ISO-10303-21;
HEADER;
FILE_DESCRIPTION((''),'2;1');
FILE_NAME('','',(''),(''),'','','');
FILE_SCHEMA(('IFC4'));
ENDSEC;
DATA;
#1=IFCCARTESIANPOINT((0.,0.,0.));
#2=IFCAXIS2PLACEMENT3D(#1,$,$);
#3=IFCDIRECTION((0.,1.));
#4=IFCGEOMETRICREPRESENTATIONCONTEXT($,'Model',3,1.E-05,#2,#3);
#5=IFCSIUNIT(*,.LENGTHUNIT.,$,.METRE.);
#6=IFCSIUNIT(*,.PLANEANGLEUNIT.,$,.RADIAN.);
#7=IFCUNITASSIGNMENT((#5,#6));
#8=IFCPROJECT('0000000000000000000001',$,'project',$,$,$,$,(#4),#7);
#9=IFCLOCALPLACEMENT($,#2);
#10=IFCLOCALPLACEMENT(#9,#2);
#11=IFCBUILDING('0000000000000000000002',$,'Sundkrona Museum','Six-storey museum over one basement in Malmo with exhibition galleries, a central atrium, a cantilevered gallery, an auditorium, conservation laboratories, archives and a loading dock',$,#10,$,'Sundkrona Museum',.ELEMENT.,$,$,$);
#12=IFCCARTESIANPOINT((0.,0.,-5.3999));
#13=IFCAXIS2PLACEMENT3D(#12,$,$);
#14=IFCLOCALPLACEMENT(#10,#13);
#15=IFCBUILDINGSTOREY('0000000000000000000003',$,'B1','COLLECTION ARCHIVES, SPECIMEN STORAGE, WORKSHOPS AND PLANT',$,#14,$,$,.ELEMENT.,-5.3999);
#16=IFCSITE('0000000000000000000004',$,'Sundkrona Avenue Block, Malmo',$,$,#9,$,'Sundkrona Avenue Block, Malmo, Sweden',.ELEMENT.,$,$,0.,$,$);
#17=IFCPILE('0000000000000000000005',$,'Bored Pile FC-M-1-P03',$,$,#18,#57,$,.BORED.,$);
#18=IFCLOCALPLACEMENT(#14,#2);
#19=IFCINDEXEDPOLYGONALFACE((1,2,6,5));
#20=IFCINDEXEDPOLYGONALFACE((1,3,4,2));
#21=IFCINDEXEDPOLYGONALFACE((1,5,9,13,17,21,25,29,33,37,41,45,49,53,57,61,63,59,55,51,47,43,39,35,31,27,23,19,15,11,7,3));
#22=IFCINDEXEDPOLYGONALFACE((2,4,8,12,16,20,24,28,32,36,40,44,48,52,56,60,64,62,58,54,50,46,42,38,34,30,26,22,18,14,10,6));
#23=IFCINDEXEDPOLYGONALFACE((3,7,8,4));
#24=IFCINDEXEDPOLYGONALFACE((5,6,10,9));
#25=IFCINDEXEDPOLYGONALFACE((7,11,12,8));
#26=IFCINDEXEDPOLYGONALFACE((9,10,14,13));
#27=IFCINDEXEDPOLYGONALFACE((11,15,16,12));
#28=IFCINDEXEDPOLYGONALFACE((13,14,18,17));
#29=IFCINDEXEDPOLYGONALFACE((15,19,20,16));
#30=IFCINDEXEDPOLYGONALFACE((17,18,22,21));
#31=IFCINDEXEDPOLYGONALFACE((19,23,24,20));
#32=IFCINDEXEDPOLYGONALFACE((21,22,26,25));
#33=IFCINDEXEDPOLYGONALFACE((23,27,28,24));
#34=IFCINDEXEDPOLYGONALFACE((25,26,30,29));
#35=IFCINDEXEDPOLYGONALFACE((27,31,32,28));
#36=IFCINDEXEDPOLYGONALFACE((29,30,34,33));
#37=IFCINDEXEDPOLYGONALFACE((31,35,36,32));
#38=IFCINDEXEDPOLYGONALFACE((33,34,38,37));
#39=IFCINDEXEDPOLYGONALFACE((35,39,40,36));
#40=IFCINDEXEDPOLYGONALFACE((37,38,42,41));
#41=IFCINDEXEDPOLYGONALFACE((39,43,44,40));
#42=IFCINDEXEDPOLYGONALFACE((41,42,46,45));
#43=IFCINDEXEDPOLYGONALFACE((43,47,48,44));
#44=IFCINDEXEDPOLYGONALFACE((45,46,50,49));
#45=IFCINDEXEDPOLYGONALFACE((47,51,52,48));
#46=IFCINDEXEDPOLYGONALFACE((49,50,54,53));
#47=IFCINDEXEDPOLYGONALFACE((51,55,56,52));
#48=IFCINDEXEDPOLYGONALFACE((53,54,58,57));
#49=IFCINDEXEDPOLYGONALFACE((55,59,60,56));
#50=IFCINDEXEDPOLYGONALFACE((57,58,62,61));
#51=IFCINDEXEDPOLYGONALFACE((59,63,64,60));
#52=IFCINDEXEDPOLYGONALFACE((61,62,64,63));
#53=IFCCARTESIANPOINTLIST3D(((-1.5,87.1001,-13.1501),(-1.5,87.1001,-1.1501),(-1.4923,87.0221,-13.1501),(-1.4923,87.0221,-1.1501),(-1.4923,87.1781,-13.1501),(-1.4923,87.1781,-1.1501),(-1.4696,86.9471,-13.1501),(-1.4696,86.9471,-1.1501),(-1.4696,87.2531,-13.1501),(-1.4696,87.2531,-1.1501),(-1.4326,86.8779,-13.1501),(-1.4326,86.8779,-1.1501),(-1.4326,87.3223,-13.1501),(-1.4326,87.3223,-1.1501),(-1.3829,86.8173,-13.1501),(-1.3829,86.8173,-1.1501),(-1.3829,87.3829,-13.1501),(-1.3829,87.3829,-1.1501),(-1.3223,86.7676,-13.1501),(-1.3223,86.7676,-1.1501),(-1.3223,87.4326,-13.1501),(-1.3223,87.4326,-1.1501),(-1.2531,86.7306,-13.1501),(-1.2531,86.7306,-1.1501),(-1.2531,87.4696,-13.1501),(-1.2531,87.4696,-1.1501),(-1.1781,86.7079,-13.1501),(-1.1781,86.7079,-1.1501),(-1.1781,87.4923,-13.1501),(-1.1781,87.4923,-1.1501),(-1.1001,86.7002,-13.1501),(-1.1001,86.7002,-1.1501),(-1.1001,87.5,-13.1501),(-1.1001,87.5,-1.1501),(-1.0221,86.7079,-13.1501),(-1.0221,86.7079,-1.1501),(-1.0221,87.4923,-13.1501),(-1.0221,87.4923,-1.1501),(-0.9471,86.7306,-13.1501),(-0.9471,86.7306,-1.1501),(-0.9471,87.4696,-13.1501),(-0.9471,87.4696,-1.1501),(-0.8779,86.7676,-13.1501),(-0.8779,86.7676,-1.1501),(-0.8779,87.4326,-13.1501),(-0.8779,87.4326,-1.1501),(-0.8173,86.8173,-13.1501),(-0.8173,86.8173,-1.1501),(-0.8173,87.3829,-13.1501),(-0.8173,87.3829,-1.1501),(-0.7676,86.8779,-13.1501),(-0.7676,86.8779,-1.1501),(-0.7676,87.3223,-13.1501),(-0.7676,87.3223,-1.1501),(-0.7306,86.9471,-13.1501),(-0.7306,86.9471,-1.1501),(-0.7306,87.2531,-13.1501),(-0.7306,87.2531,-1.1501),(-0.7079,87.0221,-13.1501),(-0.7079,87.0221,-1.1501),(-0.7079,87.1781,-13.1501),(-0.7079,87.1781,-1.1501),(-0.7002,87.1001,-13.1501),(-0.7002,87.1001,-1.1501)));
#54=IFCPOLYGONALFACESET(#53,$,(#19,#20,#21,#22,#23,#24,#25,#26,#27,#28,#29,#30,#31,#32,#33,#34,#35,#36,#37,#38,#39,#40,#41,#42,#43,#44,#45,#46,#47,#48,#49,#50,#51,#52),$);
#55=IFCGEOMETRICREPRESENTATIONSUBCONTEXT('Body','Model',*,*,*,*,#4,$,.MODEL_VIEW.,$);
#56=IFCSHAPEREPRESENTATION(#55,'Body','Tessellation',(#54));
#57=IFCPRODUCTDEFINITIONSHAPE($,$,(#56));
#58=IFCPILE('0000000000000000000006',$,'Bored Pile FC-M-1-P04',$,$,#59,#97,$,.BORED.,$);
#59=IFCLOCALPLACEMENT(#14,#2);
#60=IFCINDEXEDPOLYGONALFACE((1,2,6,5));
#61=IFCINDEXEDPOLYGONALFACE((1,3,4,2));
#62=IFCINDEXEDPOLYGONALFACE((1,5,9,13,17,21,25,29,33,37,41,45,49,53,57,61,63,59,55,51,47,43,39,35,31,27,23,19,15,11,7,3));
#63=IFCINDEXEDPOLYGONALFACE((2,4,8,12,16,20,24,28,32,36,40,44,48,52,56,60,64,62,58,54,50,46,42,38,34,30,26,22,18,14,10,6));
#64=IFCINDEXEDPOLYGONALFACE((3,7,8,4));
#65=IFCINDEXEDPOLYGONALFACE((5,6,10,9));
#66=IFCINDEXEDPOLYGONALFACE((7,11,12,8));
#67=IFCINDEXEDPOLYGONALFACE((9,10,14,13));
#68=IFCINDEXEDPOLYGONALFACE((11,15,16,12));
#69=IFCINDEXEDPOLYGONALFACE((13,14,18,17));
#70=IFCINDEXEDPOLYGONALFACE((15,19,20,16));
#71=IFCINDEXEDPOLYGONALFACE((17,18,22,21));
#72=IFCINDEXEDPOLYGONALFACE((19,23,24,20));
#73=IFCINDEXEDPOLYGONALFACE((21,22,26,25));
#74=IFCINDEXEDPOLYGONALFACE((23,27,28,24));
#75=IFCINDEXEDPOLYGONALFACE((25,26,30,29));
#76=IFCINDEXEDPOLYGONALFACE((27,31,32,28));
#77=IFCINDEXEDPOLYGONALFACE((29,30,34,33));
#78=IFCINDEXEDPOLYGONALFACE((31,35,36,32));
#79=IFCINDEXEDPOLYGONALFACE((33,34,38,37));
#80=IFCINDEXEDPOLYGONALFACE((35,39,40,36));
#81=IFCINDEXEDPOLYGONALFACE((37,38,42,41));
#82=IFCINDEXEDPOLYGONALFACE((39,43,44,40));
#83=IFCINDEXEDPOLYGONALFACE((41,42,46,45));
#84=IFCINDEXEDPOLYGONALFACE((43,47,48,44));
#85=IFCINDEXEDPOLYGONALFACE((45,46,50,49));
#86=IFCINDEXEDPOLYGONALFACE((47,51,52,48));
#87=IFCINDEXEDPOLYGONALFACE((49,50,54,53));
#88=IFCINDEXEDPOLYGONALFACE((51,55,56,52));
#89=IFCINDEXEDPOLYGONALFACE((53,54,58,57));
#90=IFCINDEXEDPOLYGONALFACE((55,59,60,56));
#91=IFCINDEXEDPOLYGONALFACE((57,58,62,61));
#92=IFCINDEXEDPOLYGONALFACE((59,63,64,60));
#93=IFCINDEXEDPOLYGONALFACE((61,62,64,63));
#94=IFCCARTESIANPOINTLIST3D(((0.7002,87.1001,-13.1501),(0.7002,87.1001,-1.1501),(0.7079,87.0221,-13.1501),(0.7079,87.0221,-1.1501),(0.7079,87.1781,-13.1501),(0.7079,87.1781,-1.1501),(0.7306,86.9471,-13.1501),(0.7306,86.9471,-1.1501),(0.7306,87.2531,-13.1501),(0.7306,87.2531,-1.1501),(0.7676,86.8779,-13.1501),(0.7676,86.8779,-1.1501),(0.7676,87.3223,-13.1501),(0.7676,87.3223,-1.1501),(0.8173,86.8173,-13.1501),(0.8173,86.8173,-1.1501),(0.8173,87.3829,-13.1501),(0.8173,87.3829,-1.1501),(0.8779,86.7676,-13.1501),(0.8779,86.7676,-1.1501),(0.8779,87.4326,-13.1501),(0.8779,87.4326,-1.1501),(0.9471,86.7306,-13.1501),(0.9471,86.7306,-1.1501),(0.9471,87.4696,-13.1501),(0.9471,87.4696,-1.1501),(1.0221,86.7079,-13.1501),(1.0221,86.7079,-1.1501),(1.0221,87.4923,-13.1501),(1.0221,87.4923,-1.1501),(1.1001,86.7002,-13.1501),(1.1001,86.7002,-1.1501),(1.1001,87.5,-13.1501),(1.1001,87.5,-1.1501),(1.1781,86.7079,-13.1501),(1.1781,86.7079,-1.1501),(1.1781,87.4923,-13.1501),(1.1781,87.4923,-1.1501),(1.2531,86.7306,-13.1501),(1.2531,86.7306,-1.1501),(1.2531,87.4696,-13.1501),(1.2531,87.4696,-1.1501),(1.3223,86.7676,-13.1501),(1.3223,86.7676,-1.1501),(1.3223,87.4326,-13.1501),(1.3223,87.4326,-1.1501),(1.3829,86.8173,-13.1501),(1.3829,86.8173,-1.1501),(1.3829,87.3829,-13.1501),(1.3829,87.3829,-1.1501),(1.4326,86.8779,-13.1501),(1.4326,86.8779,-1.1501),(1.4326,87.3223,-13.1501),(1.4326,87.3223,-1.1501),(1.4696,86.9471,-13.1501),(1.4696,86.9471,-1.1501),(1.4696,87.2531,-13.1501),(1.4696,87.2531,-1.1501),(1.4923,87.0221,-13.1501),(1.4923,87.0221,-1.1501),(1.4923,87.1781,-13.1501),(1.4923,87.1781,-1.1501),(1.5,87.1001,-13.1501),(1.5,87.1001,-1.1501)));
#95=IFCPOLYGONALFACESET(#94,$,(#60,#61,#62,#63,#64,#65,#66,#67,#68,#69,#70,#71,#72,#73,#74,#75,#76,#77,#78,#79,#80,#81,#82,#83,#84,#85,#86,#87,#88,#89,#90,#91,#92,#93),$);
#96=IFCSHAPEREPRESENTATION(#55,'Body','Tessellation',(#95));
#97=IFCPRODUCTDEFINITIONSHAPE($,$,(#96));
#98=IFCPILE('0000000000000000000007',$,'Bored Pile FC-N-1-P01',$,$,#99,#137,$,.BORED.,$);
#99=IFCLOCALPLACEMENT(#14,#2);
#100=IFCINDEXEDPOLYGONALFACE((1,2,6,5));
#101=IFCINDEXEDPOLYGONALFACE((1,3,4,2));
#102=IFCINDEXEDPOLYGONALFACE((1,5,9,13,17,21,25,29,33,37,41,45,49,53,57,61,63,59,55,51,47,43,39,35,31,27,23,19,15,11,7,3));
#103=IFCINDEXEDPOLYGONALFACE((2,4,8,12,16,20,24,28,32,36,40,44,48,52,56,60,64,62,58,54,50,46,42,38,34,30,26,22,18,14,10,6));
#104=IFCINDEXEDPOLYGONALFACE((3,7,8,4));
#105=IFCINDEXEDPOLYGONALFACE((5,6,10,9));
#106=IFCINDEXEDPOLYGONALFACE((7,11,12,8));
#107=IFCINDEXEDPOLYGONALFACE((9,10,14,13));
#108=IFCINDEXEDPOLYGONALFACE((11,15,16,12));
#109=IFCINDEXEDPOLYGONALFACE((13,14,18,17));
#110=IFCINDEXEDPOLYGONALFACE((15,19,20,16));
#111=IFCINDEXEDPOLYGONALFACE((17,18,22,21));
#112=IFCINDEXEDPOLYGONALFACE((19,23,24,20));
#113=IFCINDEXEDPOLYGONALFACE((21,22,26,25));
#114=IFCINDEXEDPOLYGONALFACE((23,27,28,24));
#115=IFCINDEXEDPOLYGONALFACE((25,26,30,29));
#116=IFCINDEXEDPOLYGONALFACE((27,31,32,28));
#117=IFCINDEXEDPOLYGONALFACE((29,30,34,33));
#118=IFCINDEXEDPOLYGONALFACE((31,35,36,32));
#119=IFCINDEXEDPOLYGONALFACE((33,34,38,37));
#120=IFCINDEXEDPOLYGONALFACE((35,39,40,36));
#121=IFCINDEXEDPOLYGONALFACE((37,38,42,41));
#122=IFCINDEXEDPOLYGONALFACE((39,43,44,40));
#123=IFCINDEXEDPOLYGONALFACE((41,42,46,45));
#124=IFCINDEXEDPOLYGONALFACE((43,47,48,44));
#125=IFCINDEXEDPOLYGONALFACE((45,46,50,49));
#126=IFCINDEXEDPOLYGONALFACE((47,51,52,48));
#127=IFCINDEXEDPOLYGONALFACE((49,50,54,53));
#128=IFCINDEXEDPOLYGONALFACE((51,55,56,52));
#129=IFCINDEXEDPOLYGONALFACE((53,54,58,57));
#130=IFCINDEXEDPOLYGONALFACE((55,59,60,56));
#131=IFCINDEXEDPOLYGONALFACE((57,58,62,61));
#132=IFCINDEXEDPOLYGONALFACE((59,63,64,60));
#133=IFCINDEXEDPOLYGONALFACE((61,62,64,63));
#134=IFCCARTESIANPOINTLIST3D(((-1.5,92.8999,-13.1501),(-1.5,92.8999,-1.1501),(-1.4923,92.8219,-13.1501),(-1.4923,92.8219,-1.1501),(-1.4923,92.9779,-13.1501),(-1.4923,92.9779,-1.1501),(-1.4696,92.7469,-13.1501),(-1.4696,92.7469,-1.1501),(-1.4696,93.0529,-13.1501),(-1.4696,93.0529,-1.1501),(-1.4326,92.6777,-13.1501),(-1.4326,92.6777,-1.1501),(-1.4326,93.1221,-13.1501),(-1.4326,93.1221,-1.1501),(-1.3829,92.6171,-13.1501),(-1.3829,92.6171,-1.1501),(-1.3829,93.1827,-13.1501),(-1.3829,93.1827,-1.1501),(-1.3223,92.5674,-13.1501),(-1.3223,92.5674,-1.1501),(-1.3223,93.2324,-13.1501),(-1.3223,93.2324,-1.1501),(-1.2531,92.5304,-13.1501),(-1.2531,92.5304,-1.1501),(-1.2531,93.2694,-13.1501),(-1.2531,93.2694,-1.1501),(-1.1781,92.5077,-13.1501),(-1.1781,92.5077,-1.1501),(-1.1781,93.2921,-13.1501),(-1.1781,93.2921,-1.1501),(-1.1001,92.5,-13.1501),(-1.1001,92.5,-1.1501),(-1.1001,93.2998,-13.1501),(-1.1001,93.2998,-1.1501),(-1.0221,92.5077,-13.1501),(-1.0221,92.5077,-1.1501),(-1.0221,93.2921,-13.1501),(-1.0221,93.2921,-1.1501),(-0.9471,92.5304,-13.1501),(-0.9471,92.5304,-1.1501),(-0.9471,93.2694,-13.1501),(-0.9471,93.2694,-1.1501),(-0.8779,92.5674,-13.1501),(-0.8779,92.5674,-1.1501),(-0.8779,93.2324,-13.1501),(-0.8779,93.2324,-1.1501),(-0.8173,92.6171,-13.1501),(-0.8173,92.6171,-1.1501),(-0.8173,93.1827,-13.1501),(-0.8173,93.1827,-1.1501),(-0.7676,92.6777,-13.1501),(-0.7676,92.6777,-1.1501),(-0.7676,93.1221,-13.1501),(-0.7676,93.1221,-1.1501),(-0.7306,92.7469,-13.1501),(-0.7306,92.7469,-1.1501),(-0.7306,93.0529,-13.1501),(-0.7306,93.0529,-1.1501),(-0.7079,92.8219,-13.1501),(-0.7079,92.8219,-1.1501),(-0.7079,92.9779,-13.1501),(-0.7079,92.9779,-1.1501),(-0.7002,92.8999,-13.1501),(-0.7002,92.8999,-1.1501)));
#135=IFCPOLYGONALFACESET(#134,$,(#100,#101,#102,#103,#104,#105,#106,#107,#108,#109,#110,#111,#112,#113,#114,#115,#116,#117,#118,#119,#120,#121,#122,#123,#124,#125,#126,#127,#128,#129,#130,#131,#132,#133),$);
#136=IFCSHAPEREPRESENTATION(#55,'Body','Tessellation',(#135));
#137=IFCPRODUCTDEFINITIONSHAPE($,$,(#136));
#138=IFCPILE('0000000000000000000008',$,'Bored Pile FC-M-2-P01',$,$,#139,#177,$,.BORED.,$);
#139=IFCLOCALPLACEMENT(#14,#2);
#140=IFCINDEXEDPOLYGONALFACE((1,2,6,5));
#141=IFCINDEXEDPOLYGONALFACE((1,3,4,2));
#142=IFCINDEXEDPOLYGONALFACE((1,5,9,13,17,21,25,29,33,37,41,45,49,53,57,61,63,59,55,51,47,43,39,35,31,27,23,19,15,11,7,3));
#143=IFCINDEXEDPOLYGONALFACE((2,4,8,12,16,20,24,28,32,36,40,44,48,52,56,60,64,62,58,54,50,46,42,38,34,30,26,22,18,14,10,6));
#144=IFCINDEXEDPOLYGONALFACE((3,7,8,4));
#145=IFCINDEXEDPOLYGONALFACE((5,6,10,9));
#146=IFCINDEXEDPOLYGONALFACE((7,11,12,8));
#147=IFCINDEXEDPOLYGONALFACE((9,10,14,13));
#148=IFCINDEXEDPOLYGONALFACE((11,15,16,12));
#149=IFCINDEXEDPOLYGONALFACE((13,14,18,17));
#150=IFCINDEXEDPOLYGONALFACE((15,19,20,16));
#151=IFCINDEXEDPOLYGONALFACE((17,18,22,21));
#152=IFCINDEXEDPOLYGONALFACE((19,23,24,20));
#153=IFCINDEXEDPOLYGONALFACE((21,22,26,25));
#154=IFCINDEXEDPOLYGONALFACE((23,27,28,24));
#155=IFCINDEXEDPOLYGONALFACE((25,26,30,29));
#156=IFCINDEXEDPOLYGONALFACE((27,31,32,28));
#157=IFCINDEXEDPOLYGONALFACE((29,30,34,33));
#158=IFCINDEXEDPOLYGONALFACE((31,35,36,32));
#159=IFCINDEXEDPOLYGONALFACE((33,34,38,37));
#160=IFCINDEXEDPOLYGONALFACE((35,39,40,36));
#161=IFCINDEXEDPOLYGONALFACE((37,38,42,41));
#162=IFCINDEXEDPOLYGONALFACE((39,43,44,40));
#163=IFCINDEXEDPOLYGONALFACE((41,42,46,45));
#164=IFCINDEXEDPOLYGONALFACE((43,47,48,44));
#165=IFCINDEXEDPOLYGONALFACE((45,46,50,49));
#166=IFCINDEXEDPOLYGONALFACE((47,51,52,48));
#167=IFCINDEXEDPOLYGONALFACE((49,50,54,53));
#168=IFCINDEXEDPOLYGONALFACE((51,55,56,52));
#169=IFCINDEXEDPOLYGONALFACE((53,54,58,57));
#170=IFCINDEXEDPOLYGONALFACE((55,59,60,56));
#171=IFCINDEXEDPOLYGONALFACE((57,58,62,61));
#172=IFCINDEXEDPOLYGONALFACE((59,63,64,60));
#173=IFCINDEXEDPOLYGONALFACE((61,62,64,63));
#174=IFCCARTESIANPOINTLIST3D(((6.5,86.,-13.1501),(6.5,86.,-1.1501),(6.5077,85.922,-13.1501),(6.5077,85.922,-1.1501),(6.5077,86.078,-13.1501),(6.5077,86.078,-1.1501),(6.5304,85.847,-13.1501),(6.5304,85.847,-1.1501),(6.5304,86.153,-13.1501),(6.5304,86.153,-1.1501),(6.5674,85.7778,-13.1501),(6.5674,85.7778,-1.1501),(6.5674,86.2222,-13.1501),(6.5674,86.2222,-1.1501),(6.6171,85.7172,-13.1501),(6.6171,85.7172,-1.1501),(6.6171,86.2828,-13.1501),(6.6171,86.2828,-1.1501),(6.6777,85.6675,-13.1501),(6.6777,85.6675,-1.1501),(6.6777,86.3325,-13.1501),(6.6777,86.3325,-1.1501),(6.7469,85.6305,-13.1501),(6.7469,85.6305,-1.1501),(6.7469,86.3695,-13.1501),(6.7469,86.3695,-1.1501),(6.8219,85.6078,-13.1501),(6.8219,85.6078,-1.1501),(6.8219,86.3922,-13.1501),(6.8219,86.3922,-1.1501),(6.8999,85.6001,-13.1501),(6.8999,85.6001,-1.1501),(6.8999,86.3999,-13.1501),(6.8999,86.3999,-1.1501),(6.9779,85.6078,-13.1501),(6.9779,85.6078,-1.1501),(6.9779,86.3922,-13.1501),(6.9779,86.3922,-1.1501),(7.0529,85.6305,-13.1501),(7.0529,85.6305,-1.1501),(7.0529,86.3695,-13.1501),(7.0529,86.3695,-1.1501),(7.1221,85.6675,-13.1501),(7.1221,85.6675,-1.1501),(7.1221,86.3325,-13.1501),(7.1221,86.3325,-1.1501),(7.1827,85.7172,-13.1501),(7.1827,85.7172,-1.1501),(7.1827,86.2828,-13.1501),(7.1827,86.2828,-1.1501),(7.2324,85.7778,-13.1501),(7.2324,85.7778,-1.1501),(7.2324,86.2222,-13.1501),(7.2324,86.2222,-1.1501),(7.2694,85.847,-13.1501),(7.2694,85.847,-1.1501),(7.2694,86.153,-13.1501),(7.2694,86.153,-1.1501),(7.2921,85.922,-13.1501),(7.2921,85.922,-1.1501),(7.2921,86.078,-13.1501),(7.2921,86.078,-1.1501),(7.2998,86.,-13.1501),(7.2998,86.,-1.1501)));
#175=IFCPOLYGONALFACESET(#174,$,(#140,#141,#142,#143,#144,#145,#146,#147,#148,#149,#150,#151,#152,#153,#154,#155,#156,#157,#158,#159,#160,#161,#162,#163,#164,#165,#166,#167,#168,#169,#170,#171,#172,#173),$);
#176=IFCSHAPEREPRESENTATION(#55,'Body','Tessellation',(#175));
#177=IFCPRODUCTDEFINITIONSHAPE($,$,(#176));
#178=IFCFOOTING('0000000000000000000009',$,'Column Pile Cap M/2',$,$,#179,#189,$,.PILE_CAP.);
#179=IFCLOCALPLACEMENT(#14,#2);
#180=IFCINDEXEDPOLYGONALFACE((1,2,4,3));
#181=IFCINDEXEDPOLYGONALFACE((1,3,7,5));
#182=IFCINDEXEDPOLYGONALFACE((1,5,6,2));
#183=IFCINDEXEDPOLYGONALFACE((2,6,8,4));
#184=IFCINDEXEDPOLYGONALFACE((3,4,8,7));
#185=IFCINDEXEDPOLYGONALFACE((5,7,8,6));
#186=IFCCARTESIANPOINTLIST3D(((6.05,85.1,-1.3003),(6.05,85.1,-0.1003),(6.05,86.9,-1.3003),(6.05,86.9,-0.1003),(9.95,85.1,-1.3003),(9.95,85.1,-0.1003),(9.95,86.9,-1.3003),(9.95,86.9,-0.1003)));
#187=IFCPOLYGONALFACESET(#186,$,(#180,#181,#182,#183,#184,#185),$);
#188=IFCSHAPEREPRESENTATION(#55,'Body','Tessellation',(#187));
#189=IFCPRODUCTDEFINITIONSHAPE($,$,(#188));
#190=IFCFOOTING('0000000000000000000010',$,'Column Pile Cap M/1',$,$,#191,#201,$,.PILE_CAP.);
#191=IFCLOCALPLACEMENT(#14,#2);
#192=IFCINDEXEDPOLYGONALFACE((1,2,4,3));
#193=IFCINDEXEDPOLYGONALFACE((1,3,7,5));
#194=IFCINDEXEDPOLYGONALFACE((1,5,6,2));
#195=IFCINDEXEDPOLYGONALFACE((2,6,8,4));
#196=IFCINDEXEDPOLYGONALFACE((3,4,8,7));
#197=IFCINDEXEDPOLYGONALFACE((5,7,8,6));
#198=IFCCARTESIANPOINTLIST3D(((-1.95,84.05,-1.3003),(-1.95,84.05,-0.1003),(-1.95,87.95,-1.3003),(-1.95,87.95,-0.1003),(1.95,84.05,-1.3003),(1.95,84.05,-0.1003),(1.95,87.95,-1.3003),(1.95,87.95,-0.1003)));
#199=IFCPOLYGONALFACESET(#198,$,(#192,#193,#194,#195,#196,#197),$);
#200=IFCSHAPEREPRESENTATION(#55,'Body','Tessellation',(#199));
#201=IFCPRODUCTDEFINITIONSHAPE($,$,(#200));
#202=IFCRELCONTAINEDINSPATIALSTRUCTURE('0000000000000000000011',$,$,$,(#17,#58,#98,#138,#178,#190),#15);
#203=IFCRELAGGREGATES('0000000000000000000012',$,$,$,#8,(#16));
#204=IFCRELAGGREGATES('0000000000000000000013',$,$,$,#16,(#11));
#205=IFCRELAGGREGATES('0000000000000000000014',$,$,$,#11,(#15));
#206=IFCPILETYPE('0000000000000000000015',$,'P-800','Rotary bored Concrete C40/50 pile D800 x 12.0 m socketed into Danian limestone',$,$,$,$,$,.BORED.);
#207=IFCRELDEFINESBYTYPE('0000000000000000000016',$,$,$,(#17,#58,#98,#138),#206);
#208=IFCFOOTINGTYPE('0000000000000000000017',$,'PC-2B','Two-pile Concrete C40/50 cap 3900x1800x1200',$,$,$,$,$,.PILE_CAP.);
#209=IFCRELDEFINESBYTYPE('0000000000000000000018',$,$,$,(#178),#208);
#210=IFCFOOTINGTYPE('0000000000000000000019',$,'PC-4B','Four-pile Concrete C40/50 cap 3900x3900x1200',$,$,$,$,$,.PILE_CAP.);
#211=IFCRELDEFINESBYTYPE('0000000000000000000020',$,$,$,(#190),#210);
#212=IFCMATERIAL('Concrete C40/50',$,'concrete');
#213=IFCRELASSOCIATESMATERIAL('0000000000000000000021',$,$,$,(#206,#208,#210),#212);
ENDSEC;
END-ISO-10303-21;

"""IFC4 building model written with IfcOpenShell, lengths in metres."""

from ifc_helpers import new_model, si_unit, direction, frame, origin, origin_2d, place, context, subcontext, project, spatial, rectangle, circle, extrude, material, material_profile, profile_set, type_object, element, save


model = new_model("IFC4")

# Units and contexts
model_context = context("Model", 3, precision=1e-05, world=origin(), true_north=direction((0.0, 1.0)))
body_context = subcontext(model_context, "Body", "Model", "MODEL_VIEW")
ifc_project = project(units=[si_unit("LENGTHUNIT", "METRE"), si_unit("PLANEANGLEUNIT", "RADIAN")], contexts=[model_context])

# Site, building, storey
site_placement = place(None, origin())
site = spatial("IfcSite", under=ifc_project, at=site_placement, Name="Sundkrona Avenue Block, Malmo", LongName="Sundkrona Avenue Block, Malmo, Sweden", CompositionType="ELEMENT", RefElevation=0.0)
building_placement = place(site_placement, origin())
building = spatial("IfcBuilding", under=site, at=building_placement, Name="Sundkrona Museum", Description="Six-storey museum over one basement in Malmo with exhibition galleries, a central atrium, a cantilevered gallery, an auditorium, conservation laboratories, archives and a loading dock", LongName="Sundkrona Museum", CompositionType="ELEMENT")
storey_placement = place(building_placement, frame((0.0, 0.0, -5.3999)))
storey = spatial("IfcBuildingStorey", under=building, at=storey_placement, Name="B1", Description="COLLECTION ARCHIVES, SPECIMEN STORAGE, WORKSHOPS AND PLANT", CompositionType="ELEMENT", Elevation=-5.3999)

# Shared definitions
ifc_material_1 = material(Name="Concrete C40/50", Category="concrete")

# Piles
ifc_material_profile_1 = material_profile(ifc_material_1, circle(Radius=0.3999, at=origin_2d()), Name="PILE D800")
ifc_profile_set_1 = profile_set([ifc_material_profile_1], Name="Concrete C40/50")
pile_type = type_object("IfcPileType", Name="P-800", Description="Rotary bored Concrete C40/50 pile D800 x 12.0 m socketed into Danian limestone", PredefinedType="BORED", material=ifc_profile_set_1)
for number, where, z_axis, x_axis, name in (
    (1, (-1.1001, 87.1001, -1.1501), (0.0, 0.0, -1.0), (1.0, 0.0, 0.0), "Bored Pile FC-M-1-P03"),
    (2, (1.1001, 87.1001, -1.1501), (0.0, 0.0, -1.0), (1.0, 0.0, 0.0), "Bored Pile FC-M-1-P04"),
    (3, (-1.1001, 92.8999, -1.1501), (0.0, 0.0, -1.0), (1.0, 0.0, 0.0), "Bored Pile FC-N-1-P01"),
    (4, (6.8999, 86.0, -1.1501), (0.0, 0.0, -1.0), (1.0, 0.0, 0.0), "Bored Pile FC-M-2-P01"),
):
    element("IfcPile", number, at=place(storey_placement, frame(where, z_axis=z_axis, x_axis=x_axis)), inside=storey, type_object=pile_type, Name=name, PredefinedType="BORED", context=body_context, shape_type="SweptSolid", body=[
        extrude(circle(Radius=0.3999, at=origin_2d()), origin(), (0.0, 0.0, 1.0), 12.0),
    ])

# Footings
footing_type_1 = type_object("IfcFootingType", Name="PC-2B", Description="Two-pile Concrete C40/50 cap 3900x1800x1200", PredefinedType="PILE_CAP", material=ifc_material_1)
footing_1_placement = place(storey_placement, frame((8.0, 86.0, -1.3003), z_axis=(0.0, 0.0, 1.0), x_axis=(1.0, 0.0, 0.0)))
element("IfcFooting", 5, at=footing_1_placement, inside=storey, type_object=footing_type_1, Name="Column Pile Cap M/2", PredefinedType="PILE_CAP", context=body_context, shape_type="SweptSolid", body=[
    extrude(rectangle(XDim=3.8999, YDim=1.8, at=origin_2d()), origin(), (0.0, 0.0, 1.0), 1.2),
])
footing_type_2 = type_object("IfcFootingType", Name="PC-4B", Description="Four-pile Concrete C40/50 cap 3900x3900x1200", PredefinedType="PILE_CAP", material=ifc_material_1)
footing_2_placement = place(storey_placement, frame((0.0, 86.0, -1.3003), z_axis=(0.0, 0.0, 1.0), x_axis=(1.0, 0.0, 0.0)))
element("IfcFooting", 6, at=footing_2_placement, inside=storey, type_object=footing_type_2, Name="Column Pile Cap M/1", PredefinedType="PILE_CAP", context=body_context, shape_type="SweptSolid", body=[
    extrude(rectangle(XDim=3.8999, YDim=3.8999, at=origin_2d()), origin(), (0.0, 0.0, 1.0), 1.2),
])

save(model, "model.ifc")
